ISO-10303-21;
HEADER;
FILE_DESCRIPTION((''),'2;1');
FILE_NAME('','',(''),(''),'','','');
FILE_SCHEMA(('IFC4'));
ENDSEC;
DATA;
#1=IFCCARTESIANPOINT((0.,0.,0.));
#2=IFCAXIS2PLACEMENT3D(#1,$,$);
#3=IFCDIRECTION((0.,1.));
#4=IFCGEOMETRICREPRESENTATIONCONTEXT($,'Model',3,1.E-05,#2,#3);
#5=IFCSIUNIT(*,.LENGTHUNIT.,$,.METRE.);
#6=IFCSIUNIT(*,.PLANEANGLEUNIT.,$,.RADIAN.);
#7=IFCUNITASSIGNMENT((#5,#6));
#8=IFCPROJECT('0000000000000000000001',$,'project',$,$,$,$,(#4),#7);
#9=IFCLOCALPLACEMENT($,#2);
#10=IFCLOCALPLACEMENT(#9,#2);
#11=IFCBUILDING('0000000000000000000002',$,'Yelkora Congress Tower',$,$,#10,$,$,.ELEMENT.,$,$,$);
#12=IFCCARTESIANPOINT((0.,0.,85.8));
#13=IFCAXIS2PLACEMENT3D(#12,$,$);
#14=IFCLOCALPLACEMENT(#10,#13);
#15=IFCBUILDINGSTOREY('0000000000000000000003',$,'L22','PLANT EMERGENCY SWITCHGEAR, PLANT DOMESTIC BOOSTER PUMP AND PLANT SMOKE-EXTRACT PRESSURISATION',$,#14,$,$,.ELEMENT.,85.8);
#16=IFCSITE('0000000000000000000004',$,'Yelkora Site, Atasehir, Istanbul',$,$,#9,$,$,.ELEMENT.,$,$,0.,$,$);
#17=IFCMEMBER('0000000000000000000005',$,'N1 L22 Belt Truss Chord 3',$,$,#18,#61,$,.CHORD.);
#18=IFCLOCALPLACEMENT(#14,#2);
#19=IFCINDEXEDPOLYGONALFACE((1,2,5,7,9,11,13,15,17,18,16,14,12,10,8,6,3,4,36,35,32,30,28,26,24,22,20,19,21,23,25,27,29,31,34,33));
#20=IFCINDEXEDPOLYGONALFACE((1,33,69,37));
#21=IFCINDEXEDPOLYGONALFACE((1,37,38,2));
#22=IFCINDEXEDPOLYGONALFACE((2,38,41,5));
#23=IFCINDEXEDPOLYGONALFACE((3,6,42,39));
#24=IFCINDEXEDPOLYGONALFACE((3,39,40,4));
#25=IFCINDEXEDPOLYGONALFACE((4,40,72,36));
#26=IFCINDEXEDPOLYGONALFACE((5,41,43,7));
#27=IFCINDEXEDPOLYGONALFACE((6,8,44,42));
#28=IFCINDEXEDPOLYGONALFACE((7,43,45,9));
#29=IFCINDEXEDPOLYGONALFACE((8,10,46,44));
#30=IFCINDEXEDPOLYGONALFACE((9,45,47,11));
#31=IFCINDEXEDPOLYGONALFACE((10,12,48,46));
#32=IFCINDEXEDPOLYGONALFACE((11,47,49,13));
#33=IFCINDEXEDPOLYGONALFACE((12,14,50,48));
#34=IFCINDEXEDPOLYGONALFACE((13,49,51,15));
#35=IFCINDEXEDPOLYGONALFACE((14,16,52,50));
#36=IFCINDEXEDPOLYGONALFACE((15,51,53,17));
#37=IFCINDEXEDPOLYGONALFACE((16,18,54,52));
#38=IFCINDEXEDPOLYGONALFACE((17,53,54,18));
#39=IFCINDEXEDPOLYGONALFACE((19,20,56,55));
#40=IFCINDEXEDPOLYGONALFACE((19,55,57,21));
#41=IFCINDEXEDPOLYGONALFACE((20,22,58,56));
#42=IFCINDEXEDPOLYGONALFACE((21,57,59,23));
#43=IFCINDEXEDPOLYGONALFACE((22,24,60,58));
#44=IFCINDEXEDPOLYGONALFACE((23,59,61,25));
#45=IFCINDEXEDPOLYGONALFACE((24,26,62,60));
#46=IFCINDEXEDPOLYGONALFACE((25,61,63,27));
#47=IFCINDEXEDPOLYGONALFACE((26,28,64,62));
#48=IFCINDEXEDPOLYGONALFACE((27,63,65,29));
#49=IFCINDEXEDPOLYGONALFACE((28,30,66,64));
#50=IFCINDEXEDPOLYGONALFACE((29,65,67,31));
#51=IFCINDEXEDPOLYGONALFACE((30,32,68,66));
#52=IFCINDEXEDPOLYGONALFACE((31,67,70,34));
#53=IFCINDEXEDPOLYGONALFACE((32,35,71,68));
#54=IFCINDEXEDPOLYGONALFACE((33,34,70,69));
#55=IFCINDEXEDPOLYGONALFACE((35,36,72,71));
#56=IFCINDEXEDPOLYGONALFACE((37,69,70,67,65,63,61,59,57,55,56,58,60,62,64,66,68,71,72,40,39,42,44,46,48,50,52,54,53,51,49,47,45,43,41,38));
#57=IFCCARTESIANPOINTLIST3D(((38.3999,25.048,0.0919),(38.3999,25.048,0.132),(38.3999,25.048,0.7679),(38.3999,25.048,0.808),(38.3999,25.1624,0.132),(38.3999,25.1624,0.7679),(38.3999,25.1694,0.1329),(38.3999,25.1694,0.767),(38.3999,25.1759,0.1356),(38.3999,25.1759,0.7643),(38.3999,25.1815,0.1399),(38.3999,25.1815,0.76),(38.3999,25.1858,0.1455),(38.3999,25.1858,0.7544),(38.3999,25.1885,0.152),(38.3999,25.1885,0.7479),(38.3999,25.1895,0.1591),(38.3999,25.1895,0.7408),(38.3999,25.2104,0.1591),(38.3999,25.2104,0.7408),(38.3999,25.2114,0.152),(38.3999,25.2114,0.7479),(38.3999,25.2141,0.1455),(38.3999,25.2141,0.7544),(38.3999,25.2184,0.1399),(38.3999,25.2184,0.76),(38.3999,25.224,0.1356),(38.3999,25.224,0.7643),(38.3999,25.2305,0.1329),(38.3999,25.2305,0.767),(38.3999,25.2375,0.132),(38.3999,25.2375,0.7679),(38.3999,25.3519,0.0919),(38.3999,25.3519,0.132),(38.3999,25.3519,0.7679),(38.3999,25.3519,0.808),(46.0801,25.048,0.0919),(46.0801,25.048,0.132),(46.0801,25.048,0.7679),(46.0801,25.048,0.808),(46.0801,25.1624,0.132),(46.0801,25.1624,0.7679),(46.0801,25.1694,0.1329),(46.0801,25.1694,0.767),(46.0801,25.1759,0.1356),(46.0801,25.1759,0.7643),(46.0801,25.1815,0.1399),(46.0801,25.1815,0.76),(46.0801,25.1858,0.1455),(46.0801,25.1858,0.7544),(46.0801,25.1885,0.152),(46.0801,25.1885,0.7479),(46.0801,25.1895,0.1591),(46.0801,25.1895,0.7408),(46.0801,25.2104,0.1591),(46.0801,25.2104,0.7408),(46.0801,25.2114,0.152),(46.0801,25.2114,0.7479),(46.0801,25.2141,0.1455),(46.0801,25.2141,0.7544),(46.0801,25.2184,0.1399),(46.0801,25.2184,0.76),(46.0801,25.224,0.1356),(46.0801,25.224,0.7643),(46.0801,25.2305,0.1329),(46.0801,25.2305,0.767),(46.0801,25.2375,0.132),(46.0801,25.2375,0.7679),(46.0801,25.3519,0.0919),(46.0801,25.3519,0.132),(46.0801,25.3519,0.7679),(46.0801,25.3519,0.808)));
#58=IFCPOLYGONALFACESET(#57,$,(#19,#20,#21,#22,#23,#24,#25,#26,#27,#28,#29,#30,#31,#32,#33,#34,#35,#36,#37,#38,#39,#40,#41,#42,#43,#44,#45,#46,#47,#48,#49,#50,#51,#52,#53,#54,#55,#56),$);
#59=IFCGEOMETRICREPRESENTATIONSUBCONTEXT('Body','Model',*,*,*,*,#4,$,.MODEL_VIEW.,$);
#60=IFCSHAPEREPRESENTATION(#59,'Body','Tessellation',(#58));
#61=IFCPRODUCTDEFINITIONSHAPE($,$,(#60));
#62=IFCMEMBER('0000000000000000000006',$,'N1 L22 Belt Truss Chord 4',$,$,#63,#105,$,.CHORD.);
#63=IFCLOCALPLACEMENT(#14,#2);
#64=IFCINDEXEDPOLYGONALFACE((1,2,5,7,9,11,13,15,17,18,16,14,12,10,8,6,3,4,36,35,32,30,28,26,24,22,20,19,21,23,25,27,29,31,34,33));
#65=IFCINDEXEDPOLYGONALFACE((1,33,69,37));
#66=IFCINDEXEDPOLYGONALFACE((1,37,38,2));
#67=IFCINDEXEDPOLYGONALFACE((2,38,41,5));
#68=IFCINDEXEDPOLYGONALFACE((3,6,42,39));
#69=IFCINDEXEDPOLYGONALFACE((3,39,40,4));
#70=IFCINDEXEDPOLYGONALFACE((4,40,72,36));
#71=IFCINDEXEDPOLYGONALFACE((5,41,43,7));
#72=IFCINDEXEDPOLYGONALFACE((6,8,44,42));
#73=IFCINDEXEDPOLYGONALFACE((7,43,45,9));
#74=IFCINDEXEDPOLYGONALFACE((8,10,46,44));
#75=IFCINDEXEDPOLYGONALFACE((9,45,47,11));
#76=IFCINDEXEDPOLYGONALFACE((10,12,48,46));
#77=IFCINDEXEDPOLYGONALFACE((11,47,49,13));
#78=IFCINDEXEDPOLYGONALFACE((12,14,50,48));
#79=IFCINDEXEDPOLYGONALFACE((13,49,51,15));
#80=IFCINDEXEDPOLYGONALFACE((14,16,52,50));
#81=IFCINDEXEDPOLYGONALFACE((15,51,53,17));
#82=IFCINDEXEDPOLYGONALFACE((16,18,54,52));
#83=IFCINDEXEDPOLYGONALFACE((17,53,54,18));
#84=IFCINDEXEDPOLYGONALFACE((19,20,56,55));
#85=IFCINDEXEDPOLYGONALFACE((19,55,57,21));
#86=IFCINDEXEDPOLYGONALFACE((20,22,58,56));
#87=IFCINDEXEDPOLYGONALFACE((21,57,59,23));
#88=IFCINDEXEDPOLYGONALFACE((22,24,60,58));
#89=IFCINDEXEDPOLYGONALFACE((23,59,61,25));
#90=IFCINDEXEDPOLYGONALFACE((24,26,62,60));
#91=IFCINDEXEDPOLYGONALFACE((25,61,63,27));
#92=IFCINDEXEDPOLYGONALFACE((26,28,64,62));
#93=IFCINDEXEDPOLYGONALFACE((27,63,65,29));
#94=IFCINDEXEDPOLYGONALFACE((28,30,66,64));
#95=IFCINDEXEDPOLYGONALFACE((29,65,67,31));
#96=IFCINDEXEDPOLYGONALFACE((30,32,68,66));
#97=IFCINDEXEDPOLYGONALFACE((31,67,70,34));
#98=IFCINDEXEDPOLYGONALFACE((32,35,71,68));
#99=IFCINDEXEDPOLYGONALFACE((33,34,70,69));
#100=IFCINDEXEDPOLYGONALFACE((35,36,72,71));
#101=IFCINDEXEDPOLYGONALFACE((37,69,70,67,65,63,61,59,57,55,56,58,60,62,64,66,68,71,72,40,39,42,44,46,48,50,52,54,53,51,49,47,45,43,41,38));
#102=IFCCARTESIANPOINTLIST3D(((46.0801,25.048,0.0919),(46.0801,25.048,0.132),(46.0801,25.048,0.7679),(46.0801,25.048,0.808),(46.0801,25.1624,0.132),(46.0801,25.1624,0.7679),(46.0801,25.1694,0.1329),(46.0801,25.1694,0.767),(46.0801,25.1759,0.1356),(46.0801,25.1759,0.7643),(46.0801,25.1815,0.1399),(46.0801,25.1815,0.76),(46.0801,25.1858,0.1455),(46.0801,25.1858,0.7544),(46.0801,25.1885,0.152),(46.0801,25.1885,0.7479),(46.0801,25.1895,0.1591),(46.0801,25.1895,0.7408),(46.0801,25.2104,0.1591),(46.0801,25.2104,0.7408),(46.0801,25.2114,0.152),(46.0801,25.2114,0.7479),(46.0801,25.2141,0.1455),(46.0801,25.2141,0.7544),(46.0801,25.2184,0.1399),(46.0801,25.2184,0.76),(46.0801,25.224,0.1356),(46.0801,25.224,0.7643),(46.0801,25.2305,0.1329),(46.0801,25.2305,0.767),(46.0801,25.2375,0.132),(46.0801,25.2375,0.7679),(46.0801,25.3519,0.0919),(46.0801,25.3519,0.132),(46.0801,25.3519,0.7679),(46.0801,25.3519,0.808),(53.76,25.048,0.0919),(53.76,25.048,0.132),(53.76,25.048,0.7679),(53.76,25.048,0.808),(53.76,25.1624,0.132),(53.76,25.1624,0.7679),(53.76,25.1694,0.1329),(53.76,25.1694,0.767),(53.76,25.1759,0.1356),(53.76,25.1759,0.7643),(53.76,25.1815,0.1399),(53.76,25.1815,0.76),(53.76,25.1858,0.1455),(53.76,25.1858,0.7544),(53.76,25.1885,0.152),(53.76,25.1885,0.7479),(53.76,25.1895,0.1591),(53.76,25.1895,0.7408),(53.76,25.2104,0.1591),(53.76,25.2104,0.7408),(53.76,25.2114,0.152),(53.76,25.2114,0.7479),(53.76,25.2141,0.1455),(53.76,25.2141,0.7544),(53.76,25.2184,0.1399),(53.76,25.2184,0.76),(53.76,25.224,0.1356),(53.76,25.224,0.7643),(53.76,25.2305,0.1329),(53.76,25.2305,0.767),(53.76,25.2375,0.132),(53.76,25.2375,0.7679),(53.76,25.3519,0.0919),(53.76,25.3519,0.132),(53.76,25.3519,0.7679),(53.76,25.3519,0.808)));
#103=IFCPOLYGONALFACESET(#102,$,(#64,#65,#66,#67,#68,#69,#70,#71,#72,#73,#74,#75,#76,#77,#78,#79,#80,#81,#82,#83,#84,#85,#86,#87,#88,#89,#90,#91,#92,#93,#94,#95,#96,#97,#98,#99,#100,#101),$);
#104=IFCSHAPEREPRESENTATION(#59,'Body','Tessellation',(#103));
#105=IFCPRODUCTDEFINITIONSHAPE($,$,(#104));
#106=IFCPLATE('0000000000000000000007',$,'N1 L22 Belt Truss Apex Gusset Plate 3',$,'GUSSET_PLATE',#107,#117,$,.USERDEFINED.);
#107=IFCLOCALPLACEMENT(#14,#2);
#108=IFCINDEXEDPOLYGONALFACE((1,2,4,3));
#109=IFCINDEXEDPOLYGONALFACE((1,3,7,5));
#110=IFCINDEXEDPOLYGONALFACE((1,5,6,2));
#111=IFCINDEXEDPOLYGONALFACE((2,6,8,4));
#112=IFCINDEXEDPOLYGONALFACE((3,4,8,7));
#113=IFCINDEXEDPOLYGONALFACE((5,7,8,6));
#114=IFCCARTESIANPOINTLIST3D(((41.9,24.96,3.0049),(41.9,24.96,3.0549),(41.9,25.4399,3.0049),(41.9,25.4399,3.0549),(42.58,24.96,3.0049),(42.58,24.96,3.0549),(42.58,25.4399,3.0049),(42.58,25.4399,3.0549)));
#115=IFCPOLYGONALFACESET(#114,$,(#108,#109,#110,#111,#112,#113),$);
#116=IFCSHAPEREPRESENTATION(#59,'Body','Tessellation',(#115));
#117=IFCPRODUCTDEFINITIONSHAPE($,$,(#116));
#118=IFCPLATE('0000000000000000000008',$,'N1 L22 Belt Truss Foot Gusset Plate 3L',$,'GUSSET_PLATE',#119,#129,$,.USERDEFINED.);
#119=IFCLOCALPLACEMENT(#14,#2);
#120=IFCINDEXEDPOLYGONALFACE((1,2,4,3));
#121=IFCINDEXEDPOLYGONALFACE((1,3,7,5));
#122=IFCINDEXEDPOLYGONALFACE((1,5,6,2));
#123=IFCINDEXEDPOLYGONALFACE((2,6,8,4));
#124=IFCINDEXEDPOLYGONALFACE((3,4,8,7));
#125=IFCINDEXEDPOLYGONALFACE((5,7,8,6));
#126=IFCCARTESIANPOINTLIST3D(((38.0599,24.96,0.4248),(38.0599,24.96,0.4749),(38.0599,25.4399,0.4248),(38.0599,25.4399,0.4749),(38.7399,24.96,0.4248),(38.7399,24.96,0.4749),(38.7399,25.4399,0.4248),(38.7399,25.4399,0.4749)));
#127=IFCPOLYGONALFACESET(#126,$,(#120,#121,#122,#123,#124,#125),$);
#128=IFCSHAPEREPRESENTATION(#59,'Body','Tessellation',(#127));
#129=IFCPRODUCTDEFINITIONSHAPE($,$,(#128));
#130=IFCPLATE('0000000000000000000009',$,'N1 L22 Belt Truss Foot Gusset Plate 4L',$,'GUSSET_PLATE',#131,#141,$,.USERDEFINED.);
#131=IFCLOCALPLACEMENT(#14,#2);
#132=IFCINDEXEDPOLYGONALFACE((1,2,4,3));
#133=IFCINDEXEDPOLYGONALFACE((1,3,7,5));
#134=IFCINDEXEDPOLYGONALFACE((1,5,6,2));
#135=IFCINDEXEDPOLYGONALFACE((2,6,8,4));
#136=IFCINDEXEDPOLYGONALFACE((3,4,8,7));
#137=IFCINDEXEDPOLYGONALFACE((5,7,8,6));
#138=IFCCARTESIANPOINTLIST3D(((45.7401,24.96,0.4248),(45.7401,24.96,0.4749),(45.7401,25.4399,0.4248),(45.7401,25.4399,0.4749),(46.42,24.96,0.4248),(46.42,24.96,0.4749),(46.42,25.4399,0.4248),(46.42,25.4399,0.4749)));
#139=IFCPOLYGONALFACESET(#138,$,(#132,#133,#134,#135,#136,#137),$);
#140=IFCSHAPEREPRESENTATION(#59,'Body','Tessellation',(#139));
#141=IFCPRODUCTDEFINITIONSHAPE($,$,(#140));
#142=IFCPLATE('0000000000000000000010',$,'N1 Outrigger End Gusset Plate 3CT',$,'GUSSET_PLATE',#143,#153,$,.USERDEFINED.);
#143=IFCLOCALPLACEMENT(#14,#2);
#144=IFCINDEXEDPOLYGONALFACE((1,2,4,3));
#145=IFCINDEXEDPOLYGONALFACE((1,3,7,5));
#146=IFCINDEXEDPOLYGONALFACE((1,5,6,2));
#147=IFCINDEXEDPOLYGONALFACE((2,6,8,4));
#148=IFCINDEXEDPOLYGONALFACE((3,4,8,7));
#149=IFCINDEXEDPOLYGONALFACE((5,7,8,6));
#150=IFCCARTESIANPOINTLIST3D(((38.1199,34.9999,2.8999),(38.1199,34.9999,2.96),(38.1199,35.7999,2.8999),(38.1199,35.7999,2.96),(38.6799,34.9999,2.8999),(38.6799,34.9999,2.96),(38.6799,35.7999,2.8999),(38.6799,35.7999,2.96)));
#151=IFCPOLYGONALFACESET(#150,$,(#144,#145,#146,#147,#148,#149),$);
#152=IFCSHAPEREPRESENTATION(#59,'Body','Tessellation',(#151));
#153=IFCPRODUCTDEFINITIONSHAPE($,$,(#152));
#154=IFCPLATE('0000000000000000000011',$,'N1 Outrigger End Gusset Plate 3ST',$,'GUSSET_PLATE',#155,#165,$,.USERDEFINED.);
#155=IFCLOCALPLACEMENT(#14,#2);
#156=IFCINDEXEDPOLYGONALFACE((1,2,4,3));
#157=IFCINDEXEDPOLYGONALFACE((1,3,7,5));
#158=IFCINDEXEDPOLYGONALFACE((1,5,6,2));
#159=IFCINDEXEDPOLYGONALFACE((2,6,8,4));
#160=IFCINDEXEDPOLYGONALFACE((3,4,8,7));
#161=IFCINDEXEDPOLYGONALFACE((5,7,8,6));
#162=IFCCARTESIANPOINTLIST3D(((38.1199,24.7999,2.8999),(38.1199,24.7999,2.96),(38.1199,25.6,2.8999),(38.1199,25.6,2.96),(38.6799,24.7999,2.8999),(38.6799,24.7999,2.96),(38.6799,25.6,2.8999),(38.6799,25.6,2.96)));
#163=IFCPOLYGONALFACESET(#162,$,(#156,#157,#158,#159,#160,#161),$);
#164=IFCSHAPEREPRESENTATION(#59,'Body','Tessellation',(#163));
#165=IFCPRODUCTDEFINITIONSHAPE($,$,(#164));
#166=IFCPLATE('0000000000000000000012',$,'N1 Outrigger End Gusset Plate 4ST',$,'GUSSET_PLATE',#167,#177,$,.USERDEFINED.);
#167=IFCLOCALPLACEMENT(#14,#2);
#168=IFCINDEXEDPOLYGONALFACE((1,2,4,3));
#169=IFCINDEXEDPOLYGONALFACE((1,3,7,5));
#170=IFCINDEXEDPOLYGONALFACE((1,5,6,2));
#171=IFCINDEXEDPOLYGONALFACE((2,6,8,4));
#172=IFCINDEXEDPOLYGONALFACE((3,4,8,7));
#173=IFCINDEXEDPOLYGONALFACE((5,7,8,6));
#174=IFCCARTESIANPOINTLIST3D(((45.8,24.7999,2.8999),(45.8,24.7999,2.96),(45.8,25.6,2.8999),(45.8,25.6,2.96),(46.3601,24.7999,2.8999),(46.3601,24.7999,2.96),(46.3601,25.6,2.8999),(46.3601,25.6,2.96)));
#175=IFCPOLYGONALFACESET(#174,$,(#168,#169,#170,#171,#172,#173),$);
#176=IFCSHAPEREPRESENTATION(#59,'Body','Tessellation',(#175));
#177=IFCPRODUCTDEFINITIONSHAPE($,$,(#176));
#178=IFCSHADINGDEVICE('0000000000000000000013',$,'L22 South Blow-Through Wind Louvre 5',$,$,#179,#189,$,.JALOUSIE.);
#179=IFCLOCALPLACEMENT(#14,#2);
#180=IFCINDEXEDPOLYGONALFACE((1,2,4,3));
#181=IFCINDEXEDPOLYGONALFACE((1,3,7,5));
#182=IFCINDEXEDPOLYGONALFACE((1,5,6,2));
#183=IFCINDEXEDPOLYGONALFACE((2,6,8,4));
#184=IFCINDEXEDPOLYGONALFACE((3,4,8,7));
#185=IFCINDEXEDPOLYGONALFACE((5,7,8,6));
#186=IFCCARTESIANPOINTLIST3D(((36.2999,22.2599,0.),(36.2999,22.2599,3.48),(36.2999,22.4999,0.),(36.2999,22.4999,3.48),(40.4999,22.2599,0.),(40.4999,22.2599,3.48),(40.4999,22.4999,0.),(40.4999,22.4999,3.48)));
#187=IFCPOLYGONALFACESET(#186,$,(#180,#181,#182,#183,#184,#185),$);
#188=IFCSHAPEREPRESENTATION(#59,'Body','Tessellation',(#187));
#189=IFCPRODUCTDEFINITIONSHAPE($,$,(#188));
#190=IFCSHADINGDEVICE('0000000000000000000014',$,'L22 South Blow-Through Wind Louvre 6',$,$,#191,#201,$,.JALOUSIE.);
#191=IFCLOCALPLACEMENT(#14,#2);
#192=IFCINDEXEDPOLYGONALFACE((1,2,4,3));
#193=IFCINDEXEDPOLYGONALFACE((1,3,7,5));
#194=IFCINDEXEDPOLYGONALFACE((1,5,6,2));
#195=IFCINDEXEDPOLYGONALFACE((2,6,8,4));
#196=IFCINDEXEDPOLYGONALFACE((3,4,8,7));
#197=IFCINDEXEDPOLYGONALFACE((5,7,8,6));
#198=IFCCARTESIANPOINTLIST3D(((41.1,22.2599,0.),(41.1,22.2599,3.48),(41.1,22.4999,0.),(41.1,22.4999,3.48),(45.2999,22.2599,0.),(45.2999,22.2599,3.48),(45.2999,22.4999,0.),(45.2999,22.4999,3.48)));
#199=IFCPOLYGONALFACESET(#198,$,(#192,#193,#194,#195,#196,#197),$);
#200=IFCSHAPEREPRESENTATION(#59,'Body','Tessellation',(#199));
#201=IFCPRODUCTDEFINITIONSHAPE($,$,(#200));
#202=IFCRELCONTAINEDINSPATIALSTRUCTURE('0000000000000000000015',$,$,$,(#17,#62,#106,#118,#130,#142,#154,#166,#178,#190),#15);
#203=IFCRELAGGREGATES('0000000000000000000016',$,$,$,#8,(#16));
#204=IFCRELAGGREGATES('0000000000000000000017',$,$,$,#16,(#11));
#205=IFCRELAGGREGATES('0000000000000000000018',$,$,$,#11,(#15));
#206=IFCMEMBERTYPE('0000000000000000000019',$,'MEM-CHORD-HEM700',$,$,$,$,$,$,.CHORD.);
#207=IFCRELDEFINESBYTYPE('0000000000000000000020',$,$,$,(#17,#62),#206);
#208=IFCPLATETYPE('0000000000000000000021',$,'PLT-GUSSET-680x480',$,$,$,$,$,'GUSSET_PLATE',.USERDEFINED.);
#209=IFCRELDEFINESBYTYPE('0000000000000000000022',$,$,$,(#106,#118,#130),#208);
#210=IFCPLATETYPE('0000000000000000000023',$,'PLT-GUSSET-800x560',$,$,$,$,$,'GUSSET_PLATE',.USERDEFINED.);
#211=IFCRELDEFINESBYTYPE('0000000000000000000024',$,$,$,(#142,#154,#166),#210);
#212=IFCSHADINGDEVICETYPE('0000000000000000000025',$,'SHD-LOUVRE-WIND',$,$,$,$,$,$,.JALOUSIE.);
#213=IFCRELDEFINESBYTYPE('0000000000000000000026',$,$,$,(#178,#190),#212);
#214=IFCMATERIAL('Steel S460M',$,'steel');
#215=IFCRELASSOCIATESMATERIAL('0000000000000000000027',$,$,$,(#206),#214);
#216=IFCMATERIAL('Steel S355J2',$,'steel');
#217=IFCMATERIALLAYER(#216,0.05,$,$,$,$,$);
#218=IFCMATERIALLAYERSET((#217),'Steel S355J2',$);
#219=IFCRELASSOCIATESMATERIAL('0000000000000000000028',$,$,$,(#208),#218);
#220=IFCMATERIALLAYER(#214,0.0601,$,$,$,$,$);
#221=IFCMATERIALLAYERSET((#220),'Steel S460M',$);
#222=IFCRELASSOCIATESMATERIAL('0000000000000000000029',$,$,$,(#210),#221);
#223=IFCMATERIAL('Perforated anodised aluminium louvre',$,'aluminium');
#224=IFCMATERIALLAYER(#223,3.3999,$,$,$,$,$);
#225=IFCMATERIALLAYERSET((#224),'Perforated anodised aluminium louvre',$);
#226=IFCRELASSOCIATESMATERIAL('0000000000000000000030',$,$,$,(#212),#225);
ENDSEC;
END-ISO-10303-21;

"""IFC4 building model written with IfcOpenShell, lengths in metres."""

from ifc_helpers import new_model, si_unit, direction, frame, origin, origin_2d, place, context, subcontext, project, spatial, rectangle, i_section, extrude, material, layer, layer_set, material_profile, profile_set, type_object, element, save


model = new_model("IFC4")

# Units and contexts
model_context = context("Model", 3, precision=1e-05, world=origin(), true_north=direction((0.0, 1.0)))
body_context = subcontext(model_context, "Body", "Model", "MODEL_VIEW")
ifc_project = project(units=[si_unit("LENGTHUNIT", "METRE"), si_unit("PLANEANGLEUNIT", "RADIAN")], contexts=[model_context])

# Site, building, storey
site_placement = place(None, origin())
site = spatial("IfcSite", under=ifc_project, at=site_placement, Name="Yelkora Site, Atasehir, Istanbul", CompositionType="ELEMENT", RefElevation=0.0)
building_placement = place(site_placement, origin())
building = spatial("IfcBuilding", under=site, at=building_placement, Name="Yelkora Congress Tower", CompositionType="ELEMENT")
storey_placement = place(building_placement, frame((0.0, 0.0, 85.8)))
storey = spatial("IfcBuildingStorey", under=building, at=storey_placement, Name="L22", Description="PLANT EMERGENCY SWITCHGEAR, PLANT DOMESTIC BOOSTER PUMP AND PLANT SMOKE-EXTRACT PRESSURISATION", CompositionType="ELEMENT", Elevation=85.8)

# Shared definitions
ifc_material_1 = material(Name="Steel S460M", Category="steel")

# Members
ifc_material_profile_1 = material_profile(ifc_material_1, i_section(OverallWidth=0.304, OverallDepth=0.7161, WebThickness=0.021, FlangeThickness=0.04, FilletRadius=0.0271, at=origin_2d()), Name="HEM 700")
ifc_profile_set_1 = profile_set([ifc_material_profile_1], Name="Steel S460M")
member_type_1 = type_object("IfcMemberType", Name="MEM-CHORD-HEM700", PredefinedType="CHORD", material=ifc_profile_set_1)
member_1_placement = place(storey_placement, frame((38.3999, 25.2, 0.45), z_axis=(1.0, 0.0, 0.0), x_axis=(0.0, 1.0, 0.0)))
element("IfcMember", 1, at=member_1_placement, inside=storey, type_object=member_type_1, Name="N1 L22 Belt Truss Chord 3", PredefinedType="CHORD", context=body_context, shape_type="SweptSolid", body=[
    extrude(i_section(OverallWidth=0.304, OverallDepth=0.7161, WebThickness=0.021, FlangeThickness=0.04, FilletRadius=0.0271, at=origin_2d()), origin(), (0.0, 0.0, 1.0), 7.6802),
])
member_2_placement = place(storey_placement, frame((46.0801, 25.2, 0.45), z_axis=(1.0, 0.0, 0.0), x_axis=(0.0, 1.0, 0.0)))
element("IfcMember", 2, at=member_2_placement, inside=storey, type_object=member_type_1, Name="N1 L22 Belt Truss Chord 4", PredefinedType="CHORD", context=body_context, shape_type="SweptSolid", body=[
    extrude(i_section(OverallWidth=0.304, OverallDepth=0.7161, WebThickness=0.021, FlangeThickness=0.04, FilletRadius=0.0271, at=origin_2d()), origin(), (0.0, 0.0, 1.0), 7.6799),
])

# Plates
ifc_material_2 = material(Name="Steel S355J2", Category="steel")
ifc_layer_1 = layer(ifc_material_2, 0.05)
ifc_layer_set_1 = layer_set([ifc_layer_1], Name="Steel S355J2")
plate_type_1 = type_object("IfcPlateType", Name="PLT-GUSSET-680x480", ElementType="GUSSET_PLATE", PredefinedType="USERDEFINED", material=ifc_layer_set_1)
for number, where, z_axis, x_axis, name in (
    (3, (42.24, 25.2, 3.0049), (0.0, 0.0, 1.0), (1.0, 0.0, 0.0), "N1 L22 Belt Truss Apex Gusset Plate 3"),
    (4, (38.3999, 25.2, 0.4248), (0.0, 0.0, 1.0), (1.0, 0.0, 0.0), "N1 L22 Belt Truss Foot Gusset Plate 3L"),
    (5, (46.0801, 25.2, 0.4248), (0.0, 0.0, 1.0), (1.0, 0.0, 0.0), "N1 L22 Belt Truss Foot Gusset Plate 4L"),
):
    element("IfcPlate", number, at=place(storey_placement, frame(where, z_axis=z_axis, x_axis=x_axis)), inside=storey, type_object=plate_type_1, Name=name, ObjectType="GUSSET_PLATE", PredefinedType="USERDEFINED", context=body_context, shape_type="SweptSolid", body=[
        extrude(rectangle(XDim=0.6799, YDim=0.48, at=origin_2d()), origin(), (0.0, 0.0, 1.0), 0.05),
    ])
ifc_layer_2 = layer(ifc_material_1, 0.0601)
ifc_layer_set_2 = layer_set([ifc_layer_2], Name="Steel S460M")
plate_type_2 = type_object("IfcPlateType", Name="PLT-GUSSET-800x560", ElementType="GUSSET_PLATE", PredefinedType="USERDEFINED", material=ifc_layer_set_2)
for number, where, z_axis, x_axis, name in (
    (6, (38.3999, 35.3999, 2.8999), (0.0, 0.0, 1.0), (0.0, 1.0, 0.0), "N1 Outrigger End Gusset Plate 3CT"),
    (7, (38.3999, 25.2, 2.8999), (0.0, 0.0, 1.0), (0.0, 1.0, 0.0), "N1 Outrigger End Gusset Plate 3ST"),
    (8, (46.0801, 25.2, 2.8999), (0.0, 0.0, 1.0), (0.0, 1.0, 0.0), "N1 Outrigger End Gusset Plate 4ST"),
):
    element("IfcPlate", number, at=place(storey_placement, frame(where, z_axis=z_axis, x_axis=x_axis)), inside=storey, type_object=plate_type_2, Name=name, ObjectType="GUSSET_PLATE", PredefinedType="USERDEFINED", context=body_context, shape_type="SweptSolid", body=[
        extrude(rectangle(XDim=0.8, YDim=0.5601, at=origin_2d()), origin(), (0.0, 0.0, 1.0), 0.0601),
    ])

# Shading devices
ifc_material_3 = material(Name="Perforated anodised aluminium louvre", Category="aluminium")
ifc_layer_3 = layer(ifc_material_3, 3.3999)
ifc_layer_set_3 = layer_set([ifc_layer_3], Name="Perforated anodised aluminium louvre")
shading_device_type = type_object("IfcShadingDeviceType", Name="SHD-LOUVRE-WIND", PredefinedType="JALOUSIE", material=ifc_layer_set_3)
for number, where, z_axis, x_axis, name in (
    (9, (38.3999, 22.3799, 0.0), (0.0, 0.0, 1.0), (1.0, 0.0, 0.0), "L22 South Blow-Through Wind Louvre 5"),
    (10, (43.2, 22.3799, 0.0), (0.0, 0.0, 1.0), (1.0, 0.0, 0.0), "L22 South Blow-Through Wind Louvre 6"),
):
    element("IfcShadingDevice", number, at=place(storey_placement, frame(where, z_axis=z_axis, x_axis=x_axis)), inside=storey, type_object=shading_device_type, Name=name, PredefinedType="JALOUSIE", context=body_context, shape_type="SweptSolid", body=[
        extrude(rectangle(XDim=4.2, YDim=0.24, at=origin_2d()), origin(), (0.0, 0.0, 1.0), 3.48),
    ])

save(model, "model.ifc")
